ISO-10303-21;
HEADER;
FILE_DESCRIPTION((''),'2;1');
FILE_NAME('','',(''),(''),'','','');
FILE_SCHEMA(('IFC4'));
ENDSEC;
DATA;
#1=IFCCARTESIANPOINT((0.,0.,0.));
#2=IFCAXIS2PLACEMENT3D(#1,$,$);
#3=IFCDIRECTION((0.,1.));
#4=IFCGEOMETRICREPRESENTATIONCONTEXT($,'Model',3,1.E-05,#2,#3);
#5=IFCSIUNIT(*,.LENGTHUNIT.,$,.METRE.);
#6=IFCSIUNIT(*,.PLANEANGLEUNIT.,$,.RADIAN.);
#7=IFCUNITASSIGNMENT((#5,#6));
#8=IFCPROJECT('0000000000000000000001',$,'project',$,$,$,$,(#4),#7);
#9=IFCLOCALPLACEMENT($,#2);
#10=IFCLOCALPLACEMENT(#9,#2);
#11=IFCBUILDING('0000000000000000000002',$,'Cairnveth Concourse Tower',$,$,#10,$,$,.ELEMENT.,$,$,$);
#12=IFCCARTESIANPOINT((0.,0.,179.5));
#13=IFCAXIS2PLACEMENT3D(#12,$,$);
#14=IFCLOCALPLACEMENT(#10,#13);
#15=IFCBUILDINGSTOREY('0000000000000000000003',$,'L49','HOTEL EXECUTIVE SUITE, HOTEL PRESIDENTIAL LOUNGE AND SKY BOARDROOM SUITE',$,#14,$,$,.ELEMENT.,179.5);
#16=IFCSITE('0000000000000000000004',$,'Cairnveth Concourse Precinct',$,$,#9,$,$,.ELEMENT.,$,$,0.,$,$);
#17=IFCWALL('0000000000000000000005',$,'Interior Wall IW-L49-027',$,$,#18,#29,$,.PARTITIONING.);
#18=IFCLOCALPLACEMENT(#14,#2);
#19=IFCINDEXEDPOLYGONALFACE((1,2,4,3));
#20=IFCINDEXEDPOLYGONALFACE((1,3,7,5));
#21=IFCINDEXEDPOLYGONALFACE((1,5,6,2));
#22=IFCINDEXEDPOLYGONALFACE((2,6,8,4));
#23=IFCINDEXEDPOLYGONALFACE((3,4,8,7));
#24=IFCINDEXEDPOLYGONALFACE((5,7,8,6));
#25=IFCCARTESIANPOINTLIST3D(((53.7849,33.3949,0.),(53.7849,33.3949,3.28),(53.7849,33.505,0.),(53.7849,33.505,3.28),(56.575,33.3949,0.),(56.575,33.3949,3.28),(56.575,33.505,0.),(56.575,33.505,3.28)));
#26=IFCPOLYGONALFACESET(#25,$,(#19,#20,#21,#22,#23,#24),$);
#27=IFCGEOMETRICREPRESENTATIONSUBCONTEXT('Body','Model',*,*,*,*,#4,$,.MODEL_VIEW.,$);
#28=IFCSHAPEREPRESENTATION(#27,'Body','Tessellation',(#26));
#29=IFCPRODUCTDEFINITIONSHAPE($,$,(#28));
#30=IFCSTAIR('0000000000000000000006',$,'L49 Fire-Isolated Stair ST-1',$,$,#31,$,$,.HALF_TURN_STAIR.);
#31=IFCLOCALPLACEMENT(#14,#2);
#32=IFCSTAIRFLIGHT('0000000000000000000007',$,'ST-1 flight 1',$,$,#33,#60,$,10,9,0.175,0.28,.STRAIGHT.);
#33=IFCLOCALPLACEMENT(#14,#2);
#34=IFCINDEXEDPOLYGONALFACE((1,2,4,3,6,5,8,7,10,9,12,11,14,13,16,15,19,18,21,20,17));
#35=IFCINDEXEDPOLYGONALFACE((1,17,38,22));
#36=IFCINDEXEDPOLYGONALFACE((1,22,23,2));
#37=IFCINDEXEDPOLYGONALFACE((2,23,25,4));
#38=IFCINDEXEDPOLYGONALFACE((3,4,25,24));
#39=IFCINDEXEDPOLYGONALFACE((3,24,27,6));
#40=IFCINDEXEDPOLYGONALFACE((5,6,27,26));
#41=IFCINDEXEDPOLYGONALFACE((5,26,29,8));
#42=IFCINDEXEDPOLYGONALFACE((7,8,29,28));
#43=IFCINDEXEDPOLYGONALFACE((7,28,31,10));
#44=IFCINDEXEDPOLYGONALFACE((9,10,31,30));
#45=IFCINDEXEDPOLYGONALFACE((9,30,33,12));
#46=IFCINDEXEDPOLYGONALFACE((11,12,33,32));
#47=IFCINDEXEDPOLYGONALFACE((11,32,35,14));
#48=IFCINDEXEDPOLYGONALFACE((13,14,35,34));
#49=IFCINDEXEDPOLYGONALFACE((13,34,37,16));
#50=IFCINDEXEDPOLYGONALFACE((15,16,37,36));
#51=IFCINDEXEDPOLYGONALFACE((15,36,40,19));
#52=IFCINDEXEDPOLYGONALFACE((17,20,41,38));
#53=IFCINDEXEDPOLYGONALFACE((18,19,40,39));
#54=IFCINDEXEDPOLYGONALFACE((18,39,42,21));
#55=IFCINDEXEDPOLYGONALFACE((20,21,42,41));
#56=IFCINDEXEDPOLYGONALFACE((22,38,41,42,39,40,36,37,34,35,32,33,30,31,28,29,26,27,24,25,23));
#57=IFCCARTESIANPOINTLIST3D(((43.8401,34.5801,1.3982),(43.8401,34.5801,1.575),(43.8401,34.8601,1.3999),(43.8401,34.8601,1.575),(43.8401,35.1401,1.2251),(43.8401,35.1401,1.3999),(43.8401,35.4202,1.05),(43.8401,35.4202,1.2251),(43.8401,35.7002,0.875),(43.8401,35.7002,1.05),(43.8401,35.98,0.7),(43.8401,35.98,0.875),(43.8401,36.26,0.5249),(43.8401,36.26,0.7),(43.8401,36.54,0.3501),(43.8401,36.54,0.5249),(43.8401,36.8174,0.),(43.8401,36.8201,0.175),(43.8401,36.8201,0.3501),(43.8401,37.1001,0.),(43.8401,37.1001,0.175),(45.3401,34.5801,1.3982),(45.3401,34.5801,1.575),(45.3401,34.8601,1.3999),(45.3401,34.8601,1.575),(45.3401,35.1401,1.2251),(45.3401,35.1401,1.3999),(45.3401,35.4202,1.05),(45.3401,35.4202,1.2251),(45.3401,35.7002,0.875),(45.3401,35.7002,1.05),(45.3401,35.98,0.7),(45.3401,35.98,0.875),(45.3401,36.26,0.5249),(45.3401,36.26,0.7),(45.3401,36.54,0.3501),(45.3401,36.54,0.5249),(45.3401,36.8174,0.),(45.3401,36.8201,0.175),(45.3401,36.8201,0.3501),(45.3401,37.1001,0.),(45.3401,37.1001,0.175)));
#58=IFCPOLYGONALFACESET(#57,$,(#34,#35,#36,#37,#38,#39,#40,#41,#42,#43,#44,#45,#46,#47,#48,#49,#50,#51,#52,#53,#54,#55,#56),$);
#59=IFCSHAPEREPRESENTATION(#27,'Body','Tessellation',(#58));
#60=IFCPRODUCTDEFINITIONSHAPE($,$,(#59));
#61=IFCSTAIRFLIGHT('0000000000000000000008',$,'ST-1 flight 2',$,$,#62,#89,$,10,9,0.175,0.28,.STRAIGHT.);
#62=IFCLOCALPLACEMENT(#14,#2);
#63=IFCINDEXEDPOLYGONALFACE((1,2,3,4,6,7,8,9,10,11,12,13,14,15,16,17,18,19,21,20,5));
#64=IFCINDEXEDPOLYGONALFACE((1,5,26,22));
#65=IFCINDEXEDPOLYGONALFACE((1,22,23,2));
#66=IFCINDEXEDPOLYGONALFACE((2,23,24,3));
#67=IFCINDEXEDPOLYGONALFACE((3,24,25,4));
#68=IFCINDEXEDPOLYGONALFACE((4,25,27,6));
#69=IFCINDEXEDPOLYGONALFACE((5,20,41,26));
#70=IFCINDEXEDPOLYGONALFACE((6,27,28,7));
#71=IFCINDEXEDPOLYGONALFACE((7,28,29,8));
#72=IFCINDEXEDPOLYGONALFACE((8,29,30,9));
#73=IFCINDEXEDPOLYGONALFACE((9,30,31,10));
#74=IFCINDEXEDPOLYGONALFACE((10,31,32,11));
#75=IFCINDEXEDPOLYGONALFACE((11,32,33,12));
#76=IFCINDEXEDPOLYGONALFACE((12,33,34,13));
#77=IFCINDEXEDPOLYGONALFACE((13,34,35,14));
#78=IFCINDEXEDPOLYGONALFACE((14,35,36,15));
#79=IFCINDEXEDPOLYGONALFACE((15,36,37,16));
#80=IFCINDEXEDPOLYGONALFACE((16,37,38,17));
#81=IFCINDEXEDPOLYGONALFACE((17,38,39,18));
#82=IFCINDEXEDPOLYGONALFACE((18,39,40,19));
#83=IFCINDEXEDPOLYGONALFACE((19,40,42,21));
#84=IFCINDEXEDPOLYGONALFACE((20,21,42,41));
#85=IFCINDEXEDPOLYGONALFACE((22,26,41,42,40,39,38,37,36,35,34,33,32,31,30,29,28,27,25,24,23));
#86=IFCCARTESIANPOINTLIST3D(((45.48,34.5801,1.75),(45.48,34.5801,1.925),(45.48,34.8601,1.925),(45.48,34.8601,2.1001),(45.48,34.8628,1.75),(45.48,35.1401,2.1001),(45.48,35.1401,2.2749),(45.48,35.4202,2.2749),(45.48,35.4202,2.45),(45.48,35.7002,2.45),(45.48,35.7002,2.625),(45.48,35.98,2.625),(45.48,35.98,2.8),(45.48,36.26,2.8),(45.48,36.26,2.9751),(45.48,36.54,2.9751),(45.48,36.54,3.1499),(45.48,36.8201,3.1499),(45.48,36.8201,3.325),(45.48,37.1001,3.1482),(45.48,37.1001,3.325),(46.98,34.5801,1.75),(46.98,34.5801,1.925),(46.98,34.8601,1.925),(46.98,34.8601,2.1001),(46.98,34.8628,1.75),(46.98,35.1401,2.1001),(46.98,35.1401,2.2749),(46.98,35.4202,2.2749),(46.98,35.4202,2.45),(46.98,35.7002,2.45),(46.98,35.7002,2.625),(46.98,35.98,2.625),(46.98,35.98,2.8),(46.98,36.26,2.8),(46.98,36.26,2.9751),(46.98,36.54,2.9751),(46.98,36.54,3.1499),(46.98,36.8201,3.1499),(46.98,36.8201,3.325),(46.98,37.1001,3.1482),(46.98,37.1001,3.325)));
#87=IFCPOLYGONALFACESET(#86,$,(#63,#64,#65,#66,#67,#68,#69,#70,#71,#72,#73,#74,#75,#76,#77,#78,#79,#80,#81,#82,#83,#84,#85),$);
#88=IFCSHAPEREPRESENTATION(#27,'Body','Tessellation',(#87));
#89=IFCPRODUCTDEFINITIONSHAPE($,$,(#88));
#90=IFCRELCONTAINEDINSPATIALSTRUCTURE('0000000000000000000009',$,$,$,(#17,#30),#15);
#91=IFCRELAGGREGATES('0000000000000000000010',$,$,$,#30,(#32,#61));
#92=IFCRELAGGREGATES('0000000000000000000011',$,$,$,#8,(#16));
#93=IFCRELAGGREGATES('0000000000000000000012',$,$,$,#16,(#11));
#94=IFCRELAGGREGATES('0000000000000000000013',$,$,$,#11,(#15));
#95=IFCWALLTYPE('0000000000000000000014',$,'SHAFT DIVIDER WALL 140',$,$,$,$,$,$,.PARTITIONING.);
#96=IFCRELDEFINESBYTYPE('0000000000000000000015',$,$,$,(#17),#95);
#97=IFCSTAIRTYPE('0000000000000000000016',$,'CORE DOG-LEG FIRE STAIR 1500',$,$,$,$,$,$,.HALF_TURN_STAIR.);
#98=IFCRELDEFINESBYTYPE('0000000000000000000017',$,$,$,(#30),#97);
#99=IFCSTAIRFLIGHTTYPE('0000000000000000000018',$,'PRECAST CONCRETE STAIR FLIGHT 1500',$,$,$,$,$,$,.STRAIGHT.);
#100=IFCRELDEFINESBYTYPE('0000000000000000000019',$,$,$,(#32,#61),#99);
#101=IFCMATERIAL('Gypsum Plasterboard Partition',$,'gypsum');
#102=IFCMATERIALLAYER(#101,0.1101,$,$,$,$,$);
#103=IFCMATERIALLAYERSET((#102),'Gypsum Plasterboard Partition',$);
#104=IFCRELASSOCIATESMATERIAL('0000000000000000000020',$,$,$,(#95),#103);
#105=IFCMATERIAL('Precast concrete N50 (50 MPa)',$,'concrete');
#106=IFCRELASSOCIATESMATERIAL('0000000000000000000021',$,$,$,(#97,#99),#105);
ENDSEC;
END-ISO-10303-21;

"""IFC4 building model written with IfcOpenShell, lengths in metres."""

from ifc_helpers import new_model, si_unit, direction, frame, frame_2d, origin, place, context, subcontext, project, spatial, polyline, rectangle, outline, extrude, material, layer, layer_set, type_object, element, aggregate, save


model = new_model("IFC4")

# Units and contexts
model_context = context("Model", 3, precision=1e-05, world=origin(), true_north=direction((0.0, 1.0)))
body_context = subcontext(model_context, "Body", "Model", "MODEL_VIEW")
ifc_project = project(units=[si_unit("LENGTHUNIT", "METRE"), si_unit("PLANEANGLEUNIT", "RADIAN")], contexts=[model_context])

# Site, building, storey
site_placement = place(None, origin())
site = spatial("IfcSite", under=ifc_project, at=site_placement, Name="Cairnveth Concourse Precinct", CompositionType="ELEMENT", RefElevation=0.0)
building_placement = place(site_placement, origin())
building = spatial("IfcBuilding", under=site, at=building_placement, Name="Cairnveth Concourse Tower", CompositionType="ELEMENT")
storey_placement = place(building_placement, frame((0.0, 0.0, 179.5)))
storey = spatial("IfcBuildingStorey", under=building, at=storey_placement, Name="L49", Description="HOTEL EXECUTIVE SUITE, HOTEL PRESIDENTIAL LOUNGE AND SKY BOARDROOM SUITE", CompositionType="ELEMENT", Elevation=179.5)

# Shared definitions
ifc_material_1 = material(Name="Gypsum Plasterboard Partition", Category="gypsum")

# Wall
ifc_layer_1 = layer(ifc_material_1, 0.1101)
ifc_layer_set_1 = layer_set([ifc_layer_1], Name="Gypsum Plasterboard Partition")
wall_type_1 = type_object("IfcWallType", Name="SHAFT DIVIDER WALL 140", PredefinedType="PARTITIONING", material=ifc_layer_set_1)
wall_1_placement = place(storey_placement, frame((53.7849, 33.45, 0.0), z_axis=(0.0, 0.0, 1.0), x_axis=(1.0, 0.0, 0.0)))
element("IfcWall", 1, at=wall_1_placement, inside=storey, type_object=wall_type_1, Name="Interior Wall IW-L49-027", PredefinedType="PARTITIONING", context=body_context, shape_type="SweptSolid", body=[
    extrude(rectangle(XDim=2.79, YDim=0.1101, at=frame_2d((1.395, 0.0))), origin(), (0.0, 0.0, 1.0), 3.28),
])

# Stair, stair flights
ifc_material_2 = material(Name="Precast concrete N50 (50 MPa)", Category="concrete")
stair_type = type_object("IfcStairType", Name="CORE DOG-LEG FIRE STAIR 1500", PredefinedType="HALF_TURN_STAIR", material=ifc_material_2)
stair_placement = place(storey_placement, origin())
stair = element("IfcStair", 2, at=stair_placement, inside=storey, type_object=stair_type, Name="L49 Fire-Isolated Stair ST-1", PredefinedType="HALF_TURN_STAIR")
stair_flight_type = type_object("IfcStairFlightType", Name="PRECAST CONCRETE STAIR FLIGHT 1500", PredefinedType="STRAIGHT", material=ifc_material_2)
stair_flight_1_placement = place(storey_placement, frame((44.5901, 37.1001, 0.0), z_axis=(0.0, 0.0, 1.0), x_axis=(0.0, -1.0, 0.0)))
stair_flight_1 = element("IfcStairFlight", 3, at=stair_flight_1_placement, type_object=stair_flight_type, Name="ST-1 flight 1", NumberOfRisers=10, NumberOfTreads=9, PredefinedType="STRAIGHT", RiserHeight=0.175, TreadLength=0.28, context=body_context, shape_type="SweptSolid", body=[
    extrude(outline(polyline([(0.0, 0.0), (0.0, 0.175), (0.28, 0.175), (0.28, 0.3501), (0.5601, 0.3501), (0.5601, 0.5249), (0.8401, 0.5249), (0.8401, 0.7), (1.1201, 0.7), (1.1201, 0.875), (1.3999, 0.875), (1.3999, 1.05), (1.6799, 1.05), (1.6799, 1.2251), (1.96, 1.2251), (1.96, 1.3999), (2.24, 1.3999), (2.24, 1.575), (2.52, 1.575), (2.52, 1.75), (2.52, 1.3982), (0.2827, 0.0), (0.0, 0.0)])), frame((0.0, 0.75, 0.0), z_axis=(0.0, -1.0, 0.0), x_axis=(1.0, 0.0, 0.0)), (0.0, 0.0, 1.0), 1.5),
])
stair_flight_2_placement = place(storey_placement, frame((46.23, 34.5801, 1.75), z_axis=(0.0, 0.0, 1.0), x_axis=(0.0, 1.0, 0.0)))
stair_flight_2 = element("IfcStairFlight", 4, at=stair_flight_2_placement, type_object=stair_flight_type, Name="ST-1 flight 2", NumberOfRisers=10, NumberOfTreads=9, PredefinedType="STRAIGHT", RiserHeight=0.175, TreadLength=0.28, context=body_context, shape_type="SweptSolid", body=[
    extrude(outline(polyline([(0.0, 0.0), (0.0, 0.175), (0.28, 0.175), (0.28, 0.3501), (0.5601, 0.3501), (0.5601, 0.5249), (0.8401, 0.5249), (0.8401, 0.7), (1.1201, 0.7), (1.1201, 0.875), (1.3999, 0.875), (1.3999, 1.05), (1.6799, 1.05), (1.6799, 1.2251), (1.96, 1.2251), (1.96, 1.3999), (2.24, 1.3999), (2.24, 1.575), (2.52, 1.575), (2.52, 1.75), (2.52, 1.3982), (0.2827, 0.0), (0.0, 0.0)])), frame((0.0, 0.75, 0.0), z_axis=(0.0, -1.0, 0.0), x_axis=(1.0, 0.0, 0.0)), (0.0, 0.0, 1.0), 1.5),
])
aggregate(stair, [stair_flight_1, stair_flight_2])

save(model, "model.ifc")
